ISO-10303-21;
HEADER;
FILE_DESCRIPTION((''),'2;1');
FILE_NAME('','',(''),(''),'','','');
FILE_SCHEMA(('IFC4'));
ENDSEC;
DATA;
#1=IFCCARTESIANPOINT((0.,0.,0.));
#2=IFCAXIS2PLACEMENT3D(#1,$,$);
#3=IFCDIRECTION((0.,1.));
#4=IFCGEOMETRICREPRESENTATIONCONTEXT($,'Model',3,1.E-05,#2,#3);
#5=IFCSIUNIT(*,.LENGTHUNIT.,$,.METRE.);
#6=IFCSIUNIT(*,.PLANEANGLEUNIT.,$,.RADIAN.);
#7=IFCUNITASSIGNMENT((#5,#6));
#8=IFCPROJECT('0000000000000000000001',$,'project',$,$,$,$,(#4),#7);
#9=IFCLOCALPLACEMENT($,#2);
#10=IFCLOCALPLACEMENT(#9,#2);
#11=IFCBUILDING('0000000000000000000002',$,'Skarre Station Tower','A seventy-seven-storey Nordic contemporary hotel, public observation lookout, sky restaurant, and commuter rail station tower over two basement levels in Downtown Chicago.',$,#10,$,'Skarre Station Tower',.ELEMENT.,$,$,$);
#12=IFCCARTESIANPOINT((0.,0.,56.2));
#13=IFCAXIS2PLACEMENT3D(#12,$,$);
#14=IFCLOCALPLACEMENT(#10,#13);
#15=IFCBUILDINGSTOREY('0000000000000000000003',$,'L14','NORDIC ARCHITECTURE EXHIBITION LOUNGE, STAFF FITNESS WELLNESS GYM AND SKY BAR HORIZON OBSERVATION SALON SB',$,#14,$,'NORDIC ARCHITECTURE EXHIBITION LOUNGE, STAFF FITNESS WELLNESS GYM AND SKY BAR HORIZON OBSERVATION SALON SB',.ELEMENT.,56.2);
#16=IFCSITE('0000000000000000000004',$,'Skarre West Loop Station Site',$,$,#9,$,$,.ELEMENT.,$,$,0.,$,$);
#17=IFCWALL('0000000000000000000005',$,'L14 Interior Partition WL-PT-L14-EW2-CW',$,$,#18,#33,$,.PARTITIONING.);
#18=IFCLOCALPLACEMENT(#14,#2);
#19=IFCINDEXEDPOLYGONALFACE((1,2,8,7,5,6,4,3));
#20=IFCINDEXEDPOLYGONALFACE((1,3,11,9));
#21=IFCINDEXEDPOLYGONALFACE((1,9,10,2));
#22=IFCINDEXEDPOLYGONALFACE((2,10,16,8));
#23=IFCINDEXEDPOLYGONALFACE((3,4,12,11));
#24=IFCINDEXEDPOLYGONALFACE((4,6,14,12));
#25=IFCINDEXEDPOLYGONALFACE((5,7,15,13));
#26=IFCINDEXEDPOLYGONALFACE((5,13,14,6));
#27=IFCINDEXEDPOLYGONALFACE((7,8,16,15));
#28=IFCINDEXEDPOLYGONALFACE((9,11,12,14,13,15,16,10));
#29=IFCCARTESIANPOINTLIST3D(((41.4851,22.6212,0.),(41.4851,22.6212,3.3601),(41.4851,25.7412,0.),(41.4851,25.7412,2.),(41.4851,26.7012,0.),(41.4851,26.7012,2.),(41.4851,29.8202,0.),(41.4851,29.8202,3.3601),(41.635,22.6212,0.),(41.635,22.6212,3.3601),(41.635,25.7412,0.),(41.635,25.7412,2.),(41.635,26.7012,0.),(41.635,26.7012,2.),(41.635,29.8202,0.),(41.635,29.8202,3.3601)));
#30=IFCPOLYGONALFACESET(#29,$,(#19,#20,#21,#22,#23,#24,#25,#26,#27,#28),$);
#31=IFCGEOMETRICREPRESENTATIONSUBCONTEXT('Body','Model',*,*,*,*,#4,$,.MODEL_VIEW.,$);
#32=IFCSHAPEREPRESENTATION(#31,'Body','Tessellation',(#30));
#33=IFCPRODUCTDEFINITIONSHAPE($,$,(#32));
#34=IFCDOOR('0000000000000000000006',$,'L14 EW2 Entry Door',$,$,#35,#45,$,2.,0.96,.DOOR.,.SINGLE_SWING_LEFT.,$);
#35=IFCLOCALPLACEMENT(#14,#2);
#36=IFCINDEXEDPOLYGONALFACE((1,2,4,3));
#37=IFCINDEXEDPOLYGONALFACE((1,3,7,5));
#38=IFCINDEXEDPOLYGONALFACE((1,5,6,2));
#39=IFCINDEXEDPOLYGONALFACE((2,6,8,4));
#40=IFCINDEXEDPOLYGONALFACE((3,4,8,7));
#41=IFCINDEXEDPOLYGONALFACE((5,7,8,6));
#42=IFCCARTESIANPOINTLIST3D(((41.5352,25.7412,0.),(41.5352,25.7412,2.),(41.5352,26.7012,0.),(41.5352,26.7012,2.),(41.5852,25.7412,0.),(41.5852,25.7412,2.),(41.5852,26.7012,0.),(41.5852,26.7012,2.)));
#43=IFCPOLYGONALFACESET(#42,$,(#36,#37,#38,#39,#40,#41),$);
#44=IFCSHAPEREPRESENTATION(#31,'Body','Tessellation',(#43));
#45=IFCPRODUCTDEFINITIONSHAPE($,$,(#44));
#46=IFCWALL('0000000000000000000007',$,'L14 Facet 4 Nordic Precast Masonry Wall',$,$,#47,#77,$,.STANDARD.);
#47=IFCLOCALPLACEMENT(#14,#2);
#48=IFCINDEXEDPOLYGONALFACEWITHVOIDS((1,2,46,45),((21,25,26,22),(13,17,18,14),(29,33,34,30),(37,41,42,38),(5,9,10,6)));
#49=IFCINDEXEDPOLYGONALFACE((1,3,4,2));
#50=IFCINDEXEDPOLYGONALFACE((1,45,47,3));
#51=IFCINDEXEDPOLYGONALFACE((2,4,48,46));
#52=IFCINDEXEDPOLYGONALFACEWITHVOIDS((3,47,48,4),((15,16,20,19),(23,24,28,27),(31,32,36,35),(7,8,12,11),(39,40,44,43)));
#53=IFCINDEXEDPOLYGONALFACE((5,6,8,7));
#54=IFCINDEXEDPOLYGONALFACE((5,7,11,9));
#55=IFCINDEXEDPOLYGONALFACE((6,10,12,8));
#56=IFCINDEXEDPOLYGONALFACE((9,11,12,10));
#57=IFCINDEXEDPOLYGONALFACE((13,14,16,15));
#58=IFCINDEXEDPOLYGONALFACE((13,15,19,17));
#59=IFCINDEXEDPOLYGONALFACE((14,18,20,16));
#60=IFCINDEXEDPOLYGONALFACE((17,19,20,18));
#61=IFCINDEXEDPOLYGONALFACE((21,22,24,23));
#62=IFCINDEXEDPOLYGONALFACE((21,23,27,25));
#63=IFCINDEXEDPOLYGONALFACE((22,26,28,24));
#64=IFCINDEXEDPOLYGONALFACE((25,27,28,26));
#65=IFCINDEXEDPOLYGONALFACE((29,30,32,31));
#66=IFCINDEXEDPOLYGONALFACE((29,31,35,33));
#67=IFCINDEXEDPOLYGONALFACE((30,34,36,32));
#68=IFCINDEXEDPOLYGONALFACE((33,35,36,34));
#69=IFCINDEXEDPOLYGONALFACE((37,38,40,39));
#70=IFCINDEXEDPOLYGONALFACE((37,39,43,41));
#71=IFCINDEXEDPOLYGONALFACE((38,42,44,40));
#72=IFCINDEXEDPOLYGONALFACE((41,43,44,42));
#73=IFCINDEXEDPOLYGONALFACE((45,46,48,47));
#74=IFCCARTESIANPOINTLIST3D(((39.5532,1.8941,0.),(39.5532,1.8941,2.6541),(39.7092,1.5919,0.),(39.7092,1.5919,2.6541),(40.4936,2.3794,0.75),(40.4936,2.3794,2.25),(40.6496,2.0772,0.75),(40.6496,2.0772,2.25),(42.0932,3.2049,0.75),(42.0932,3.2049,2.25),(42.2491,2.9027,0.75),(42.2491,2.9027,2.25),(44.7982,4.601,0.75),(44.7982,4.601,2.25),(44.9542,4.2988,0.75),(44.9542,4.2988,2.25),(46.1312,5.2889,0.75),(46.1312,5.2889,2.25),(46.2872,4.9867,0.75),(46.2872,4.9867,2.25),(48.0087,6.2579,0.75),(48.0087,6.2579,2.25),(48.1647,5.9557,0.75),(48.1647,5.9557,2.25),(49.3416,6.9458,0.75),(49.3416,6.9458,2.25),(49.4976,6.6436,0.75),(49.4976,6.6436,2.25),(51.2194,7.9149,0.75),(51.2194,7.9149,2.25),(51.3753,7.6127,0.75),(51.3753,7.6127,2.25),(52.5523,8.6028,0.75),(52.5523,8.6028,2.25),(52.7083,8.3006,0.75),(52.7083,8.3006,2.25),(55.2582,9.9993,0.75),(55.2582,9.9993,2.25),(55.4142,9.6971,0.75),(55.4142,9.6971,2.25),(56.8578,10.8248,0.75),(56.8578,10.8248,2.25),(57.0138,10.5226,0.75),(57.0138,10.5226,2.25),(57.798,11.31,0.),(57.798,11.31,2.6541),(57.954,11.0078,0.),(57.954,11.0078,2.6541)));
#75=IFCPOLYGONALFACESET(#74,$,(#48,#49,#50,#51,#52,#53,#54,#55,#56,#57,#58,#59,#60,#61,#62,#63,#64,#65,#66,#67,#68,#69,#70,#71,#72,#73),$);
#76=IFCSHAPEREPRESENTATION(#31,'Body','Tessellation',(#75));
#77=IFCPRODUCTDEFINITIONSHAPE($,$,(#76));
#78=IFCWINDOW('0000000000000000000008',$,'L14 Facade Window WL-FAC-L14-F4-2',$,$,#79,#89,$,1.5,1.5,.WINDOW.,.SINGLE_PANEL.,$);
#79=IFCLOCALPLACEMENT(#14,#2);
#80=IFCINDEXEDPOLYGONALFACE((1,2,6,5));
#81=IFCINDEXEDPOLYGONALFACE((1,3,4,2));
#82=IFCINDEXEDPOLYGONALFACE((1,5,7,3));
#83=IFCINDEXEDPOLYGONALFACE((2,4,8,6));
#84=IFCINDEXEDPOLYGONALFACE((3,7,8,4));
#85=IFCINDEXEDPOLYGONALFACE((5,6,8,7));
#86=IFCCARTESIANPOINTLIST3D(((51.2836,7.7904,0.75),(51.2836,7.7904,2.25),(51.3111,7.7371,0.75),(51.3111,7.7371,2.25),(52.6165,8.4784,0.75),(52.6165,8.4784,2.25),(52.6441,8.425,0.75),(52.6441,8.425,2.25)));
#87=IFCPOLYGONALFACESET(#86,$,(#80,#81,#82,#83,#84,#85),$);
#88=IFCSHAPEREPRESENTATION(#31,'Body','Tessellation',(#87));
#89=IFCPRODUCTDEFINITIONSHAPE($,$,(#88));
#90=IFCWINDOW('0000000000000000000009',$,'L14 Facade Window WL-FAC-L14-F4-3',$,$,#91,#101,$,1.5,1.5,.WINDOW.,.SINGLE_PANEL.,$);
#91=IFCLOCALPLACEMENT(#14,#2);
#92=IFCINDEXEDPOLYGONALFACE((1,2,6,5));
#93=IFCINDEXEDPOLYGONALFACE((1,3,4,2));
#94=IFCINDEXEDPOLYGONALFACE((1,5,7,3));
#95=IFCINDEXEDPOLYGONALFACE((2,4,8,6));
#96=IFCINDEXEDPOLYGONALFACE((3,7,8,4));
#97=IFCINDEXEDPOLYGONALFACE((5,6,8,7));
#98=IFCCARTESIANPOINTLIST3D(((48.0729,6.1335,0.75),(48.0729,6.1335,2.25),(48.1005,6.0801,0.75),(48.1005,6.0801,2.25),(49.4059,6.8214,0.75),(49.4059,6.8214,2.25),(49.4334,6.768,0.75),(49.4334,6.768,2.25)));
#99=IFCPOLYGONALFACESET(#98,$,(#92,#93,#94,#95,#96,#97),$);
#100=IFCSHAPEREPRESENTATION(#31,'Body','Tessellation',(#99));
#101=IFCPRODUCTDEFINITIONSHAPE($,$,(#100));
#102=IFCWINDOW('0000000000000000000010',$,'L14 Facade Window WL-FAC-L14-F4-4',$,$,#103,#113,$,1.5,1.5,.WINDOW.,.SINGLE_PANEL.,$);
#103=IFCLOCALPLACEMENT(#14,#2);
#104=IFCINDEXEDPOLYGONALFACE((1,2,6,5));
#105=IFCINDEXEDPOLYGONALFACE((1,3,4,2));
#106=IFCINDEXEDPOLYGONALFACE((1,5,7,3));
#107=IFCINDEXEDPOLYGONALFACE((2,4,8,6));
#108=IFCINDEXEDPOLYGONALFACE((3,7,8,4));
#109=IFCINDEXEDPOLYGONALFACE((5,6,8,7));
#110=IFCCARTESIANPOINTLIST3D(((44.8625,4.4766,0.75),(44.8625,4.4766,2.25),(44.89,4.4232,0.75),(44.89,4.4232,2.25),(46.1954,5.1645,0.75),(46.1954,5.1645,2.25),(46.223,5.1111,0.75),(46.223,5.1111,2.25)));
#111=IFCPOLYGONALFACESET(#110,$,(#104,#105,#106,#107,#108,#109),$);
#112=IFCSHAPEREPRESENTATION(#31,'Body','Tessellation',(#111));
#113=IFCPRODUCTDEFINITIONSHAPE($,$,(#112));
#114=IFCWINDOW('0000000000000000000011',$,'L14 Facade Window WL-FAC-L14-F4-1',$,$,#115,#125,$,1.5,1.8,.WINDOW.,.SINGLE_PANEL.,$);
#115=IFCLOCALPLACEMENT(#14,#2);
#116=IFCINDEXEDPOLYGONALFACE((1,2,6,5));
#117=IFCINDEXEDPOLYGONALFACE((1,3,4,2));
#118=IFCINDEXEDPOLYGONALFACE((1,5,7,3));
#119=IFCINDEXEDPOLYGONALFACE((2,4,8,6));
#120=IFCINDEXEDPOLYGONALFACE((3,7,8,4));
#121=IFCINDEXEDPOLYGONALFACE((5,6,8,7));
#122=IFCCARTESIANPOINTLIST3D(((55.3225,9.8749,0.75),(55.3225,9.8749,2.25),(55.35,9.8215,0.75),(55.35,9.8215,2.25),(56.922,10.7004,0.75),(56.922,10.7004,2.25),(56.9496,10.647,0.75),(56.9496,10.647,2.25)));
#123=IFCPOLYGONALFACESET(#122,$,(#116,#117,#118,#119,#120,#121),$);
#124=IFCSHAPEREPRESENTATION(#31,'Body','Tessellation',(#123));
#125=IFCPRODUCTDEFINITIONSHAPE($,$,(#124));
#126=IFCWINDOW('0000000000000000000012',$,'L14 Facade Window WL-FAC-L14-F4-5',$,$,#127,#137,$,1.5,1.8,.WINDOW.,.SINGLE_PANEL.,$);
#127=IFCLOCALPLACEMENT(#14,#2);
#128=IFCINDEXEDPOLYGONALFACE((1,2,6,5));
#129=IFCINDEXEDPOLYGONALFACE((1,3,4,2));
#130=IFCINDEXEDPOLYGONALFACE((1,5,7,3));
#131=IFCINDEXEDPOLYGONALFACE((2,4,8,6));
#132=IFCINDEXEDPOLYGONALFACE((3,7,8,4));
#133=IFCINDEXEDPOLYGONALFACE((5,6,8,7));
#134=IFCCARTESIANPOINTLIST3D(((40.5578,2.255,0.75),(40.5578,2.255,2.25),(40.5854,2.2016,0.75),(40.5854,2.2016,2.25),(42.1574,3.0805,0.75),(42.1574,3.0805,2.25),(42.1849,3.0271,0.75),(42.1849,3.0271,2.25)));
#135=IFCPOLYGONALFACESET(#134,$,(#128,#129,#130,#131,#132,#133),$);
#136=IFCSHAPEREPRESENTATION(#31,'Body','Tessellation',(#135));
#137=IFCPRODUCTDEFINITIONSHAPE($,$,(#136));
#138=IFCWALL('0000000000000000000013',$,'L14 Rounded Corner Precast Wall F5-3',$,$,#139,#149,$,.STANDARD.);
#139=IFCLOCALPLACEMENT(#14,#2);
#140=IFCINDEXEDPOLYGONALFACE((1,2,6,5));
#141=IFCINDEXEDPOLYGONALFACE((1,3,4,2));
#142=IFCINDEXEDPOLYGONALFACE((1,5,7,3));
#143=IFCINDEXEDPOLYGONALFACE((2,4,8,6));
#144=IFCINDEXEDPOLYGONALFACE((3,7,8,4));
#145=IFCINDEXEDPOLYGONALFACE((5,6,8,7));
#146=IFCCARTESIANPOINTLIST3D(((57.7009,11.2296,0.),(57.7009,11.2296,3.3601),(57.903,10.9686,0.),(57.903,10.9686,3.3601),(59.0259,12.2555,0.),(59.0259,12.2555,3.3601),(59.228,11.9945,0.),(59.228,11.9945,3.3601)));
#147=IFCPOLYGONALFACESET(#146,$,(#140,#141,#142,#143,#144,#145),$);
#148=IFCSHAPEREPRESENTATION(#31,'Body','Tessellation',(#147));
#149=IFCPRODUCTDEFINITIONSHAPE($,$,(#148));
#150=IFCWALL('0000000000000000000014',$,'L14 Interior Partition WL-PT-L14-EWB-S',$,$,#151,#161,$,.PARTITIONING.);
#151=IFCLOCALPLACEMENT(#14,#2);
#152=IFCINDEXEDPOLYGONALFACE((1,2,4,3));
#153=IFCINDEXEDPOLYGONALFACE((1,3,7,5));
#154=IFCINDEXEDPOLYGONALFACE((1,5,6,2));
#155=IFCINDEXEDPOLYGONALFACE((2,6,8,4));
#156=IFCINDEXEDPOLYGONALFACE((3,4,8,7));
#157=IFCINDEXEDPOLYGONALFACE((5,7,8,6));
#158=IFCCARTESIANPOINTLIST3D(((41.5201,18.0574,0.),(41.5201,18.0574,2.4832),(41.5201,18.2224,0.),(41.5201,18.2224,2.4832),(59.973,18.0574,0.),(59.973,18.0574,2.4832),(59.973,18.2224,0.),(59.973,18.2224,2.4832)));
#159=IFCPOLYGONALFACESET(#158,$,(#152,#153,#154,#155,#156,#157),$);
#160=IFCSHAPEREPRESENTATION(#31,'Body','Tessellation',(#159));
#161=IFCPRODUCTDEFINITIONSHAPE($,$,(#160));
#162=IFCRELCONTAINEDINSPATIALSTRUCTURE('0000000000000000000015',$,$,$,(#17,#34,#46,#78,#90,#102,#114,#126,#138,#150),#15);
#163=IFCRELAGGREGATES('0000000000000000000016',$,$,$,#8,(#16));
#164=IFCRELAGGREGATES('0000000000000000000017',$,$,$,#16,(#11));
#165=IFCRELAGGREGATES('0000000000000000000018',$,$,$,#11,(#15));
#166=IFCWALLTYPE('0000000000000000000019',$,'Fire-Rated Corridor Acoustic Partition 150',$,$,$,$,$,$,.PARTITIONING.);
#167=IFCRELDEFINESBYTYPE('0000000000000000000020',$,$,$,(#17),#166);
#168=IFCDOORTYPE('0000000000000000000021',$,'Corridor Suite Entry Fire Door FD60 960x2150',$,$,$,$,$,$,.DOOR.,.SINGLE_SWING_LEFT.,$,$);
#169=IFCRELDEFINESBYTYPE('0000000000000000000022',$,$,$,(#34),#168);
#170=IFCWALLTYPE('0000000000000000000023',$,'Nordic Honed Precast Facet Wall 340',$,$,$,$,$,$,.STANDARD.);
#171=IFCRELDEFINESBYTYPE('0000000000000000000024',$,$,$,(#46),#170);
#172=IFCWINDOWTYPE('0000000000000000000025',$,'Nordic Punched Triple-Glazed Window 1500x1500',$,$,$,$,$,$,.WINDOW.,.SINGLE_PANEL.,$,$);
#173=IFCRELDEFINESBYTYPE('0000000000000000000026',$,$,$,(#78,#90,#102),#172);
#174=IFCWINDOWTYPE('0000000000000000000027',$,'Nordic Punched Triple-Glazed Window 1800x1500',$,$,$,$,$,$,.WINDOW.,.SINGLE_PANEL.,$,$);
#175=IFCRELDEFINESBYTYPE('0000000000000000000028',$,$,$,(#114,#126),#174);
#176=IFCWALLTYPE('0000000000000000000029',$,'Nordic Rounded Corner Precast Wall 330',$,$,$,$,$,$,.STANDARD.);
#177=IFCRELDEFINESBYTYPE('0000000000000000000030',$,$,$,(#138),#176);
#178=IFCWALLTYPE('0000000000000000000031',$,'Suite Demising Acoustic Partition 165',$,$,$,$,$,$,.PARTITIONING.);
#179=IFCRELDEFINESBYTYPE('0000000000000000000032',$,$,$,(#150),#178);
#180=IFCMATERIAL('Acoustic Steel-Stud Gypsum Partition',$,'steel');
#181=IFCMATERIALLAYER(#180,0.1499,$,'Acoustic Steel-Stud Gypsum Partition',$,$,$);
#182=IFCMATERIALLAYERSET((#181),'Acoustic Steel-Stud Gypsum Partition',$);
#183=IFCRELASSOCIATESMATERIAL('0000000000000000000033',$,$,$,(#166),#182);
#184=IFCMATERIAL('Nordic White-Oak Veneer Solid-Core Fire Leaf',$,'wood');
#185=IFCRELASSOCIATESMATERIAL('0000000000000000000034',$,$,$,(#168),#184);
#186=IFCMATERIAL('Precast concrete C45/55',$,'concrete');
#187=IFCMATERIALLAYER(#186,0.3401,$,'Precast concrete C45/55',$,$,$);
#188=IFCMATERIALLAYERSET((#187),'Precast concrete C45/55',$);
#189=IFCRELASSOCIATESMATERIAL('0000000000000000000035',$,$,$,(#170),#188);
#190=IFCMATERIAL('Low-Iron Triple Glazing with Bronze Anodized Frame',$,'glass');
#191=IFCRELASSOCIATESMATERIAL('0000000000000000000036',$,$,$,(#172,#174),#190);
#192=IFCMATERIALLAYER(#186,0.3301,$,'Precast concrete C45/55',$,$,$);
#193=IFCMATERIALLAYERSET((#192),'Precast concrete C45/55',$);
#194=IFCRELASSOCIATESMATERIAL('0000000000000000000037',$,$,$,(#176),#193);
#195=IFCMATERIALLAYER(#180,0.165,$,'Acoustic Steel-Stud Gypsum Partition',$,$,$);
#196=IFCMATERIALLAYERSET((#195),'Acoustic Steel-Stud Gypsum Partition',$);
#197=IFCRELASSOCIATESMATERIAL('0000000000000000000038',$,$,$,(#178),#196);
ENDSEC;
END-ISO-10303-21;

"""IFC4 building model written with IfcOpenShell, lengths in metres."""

from ifc_helpers import new_model, si_unit, direction, frame, frame_2d, origin, place, context, subcontext, project, spatial, rectangle, extrude, material, layer, layer_set, type_object, element, fill, save


model = new_model("IFC4")

# Units and contexts
model_context = context("Model", 3, precision=1e-05, world=origin(), true_north=direction((0.0, 1.0)))
body_context = subcontext(model_context, "Body", "Model", "MODEL_VIEW")
ifc_project = project(units=[si_unit("LENGTHUNIT", "METRE"), si_unit("PLANEANGLEUNIT", "RADIAN")], contexts=[model_context])

# Site, building, storey
site_placement = place(None, origin())
site = spatial("IfcSite", under=ifc_project, at=site_placement, Name="Skarre West Loop Station Site", CompositionType="ELEMENT", RefElevation=0.0)
building_placement = place(site_placement, origin())
building = spatial("IfcBuilding", under=site, at=building_placement, Name="Skarre Station Tower", Description="A seventy-seven-storey Nordic contemporary hotel, public observation lookout, sky restaurant, and commuter rail station tower over two basement levels in Downtown Chicago.", LongName="Skarre Station Tower", CompositionType="ELEMENT")
storey_placement = place(building_placement, frame((0.0, 0.0, 56.2)))
storey = spatial("IfcBuildingStorey", under=building, at=storey_placement, Name="L14", Description="NORDIC ARCHITECTURE EXHIBITION LOUNGE, STAFF FITNESS WELLNESS GYM AND SKY BAR HORIZON OBSERVATION SALON SB", LongName="NORDIC ARCHITECTURE EXHIBITION LOUNGE, STAFF FITNESS WELLNESS GYM AND SKY BAR HORIZON OBSERVATION SALON SB", CompositionType="ELEMENT", Elevation=56.2)

# Wall, opening, door
ifc_material_1 = material(Name="Acoustic Steel-Stud Gypsum Partition", Category="steel")
ifc_layer_1 = layer(ifc_material_1, 0.1499, Name="Acoustic Steel-Stud Gypsum Partition")
ifc_layer_set_1 = layer_set([ifc_layer_1], Name="Acoustic Steel-Stud Gypsum Partition")
wall_type_1 = type_object("IfcWallType", Name="Fire-Rated Corridor Acoustic Partition 150", PredefinedType="PARTITIONING", material=ifc_layer_set_1)
ifc_material_2 = material(Name="Nordic White-Oak Veneer Solid-Core Fire Leaf", Category="wood")
door_type = type_object("IfcDoorType", Name="Corridor Suite Entry Fire Door FD60 960x2150", OperationType="SINGLE_SWING_LEFT", PredefinedType="DOOR", material=ifc_material_2)
wall_1_placement = place(storey_placement, frame((41.5601, 22.6211, 0.0), z_axis=(0.0, 0.0, 1.0), x_axis=(0.0, 1.0, 0.0)))
wall_1 = element("IfcWall", 1, at=wall_1_placement, inside=storey, type_object=wall_type_1, Name="L14 Interior Partition WL-PT-L14-EW2-CW", PredefinedType="PARTITIONING", context=body_context, shape_type="SweptSolid", body=[
    extrude(rectangle(XDim=7.199, YDim=0.1499, at=frame_2d((3.5996, 0.0))), origin(), (0.0, 0.0, 1.0), 3.3601),
])
opening_1_placement = place(wall_1_placement, frame((3.1201, 0.0, 0.0)))
opening_1 = element("IfcOpeningElement", 2, at=opening_1_placement, cuts=wall_1, PredefinedType="OPENING", context=body_context, shape_type="SweptSolid", body=[
    extrude(rectangle(XDim=0.96, YDim=2.0, at=frame_2d((0.48, 1.0))), frame((0.0, 0.085, 0.0), z_axis=(0.0, -1.0, 0.0), x_axis=(1.0, 0.0, 0.0)), (0.0, 0.0, 1.0), 0.1699),
])
door_1_placement = place(opening_1_placement, origin())
door_1 = element("IfcDoor", 3, at=door_1_placement, inside=storey, type_object=door_type, Name="L14 EW2 Entry Door", OperationType="SINGLE_SWING_LEFT", OverallHeight=2.0, OverallWidth=0.96, PredefinedType="DOOR", context=body_context, shape_type="SweptSolid", body=[
    extrude(rectangle(XDim=0.96, YDim=2.0, at=frame_2d((0.48, 1.0))), frame((0.0, 0.0249, 0.0), z_axis=(0.0, -1.0, 0.0), x_axis=(1.0, 0.0, 0.0)), (0.0, 0.0, 1.0), 0.05),
])
fill(opening_1, door_1)

# Wall, openings, windows
ifc_material_3 = material(Name="Precast concrete C45/55", Category="concrete")
ifc_layer_2 = layer(ifc_material_3, 0.3401, Name="Precast concrete C45/55")
ifc_layer_set_2 = layer_set([ifc_layer_2], Name="Precast concrete C45/55")
wall_type_2 = type_object("IfcWallType", Name="Nordic Honed Precast Facet Wall 340", PredefinedType="STANDARD", material=ifc_layer_set_2)
wall_2_placement = place(storey_placement, frame((57.876, 11.1589, 0.0), z_axis=(0.0, 0.0, 1.0), x_axis=(-0.888634, -0.458616, 0.0)))
wall_2 = element("IfcWall", 4, at=wall_2_placement, inside=storey, type_object=wall_type_2, Name="L14 Facet 4 Nordic Precast Masonry Wall", PredefinedType="STANDARD", context=body_context, shape_type="SweptSolid", body=[
    extrude(rectangle(XDim=20.5312, YDim=0.3401, at=frame_2d((10.2656, 0.0))), origin(), (0.0, 0.0, 1.0), 2.6541),
])
opening_2_placement = place(wall_2_placement, frame((1.0581, 0.0, 0.75)))
opening_2 = element("IfcOpeningElement", 5, at=opening_2_placement, cuts=wall_2, PredefinedType="OPENING", context=body_context, shape_type="SweptSolid", body=[
    extrude(rectangle(XDim=1.8, YDim=1.5, at=frame_2d((0.8999, 0.75))), frame((0.0, 0.1799, 0.0), z_axis=(0.0, -1.0, 0.0), x_axis=(1.0, 0.0, 0.0)), (0.0, 0.0, 1.0), 0.3601),
])
opening_3_placement = place(wall_2_placement, frame((5.9031, 0.0, 0.75)))
opening_3 = element("IfcOpeningElement", 6, at=opening_3_placement, cuts=wall_2, PredefinedType="OPENING", context=body_context, shape_type="SweptSolid", body=[
    extrude(rectangle(XDim=1.5, YDim=1.5, at=frame_2d((0.75, 0.75))), frame((0.0, 0.1799, 0.0), z_axis=(0.0, -1.0, 0.0), x_axis=(1.0, 0.0, 0.0)), (0.0, 0.0, 1.0), 0.3601),
])
opening_4_placement = place(wall_2_placement, frame((9.5161, 0.0, 0.75)))
opening_4 = element("IfcOpeningElement", 7, at=opening_4_placement, cuts=wall_2, PredefinedType="OPENING", context=body_context, shape_type="SweptSolid", body=[
    extrude(rectangle(XDim=1.5, YDim=1.5, at=frame_2d((0.75, 0.75))), frame((0.0, 0.1799, 0.0), z_axis=(0.0, -1.0, 0.0), x_axis=(1.0, 0.0, 0.0)), (0.0, 0.0, 1.0), 0.3601),
])
opening_5_placement = place(wall_2_placement, frame((13.1289, 0.0, 0.75)))
opening_5 = element("IfcOpeningElement", 8, at=opening_5_placement, cuts=wall_2, PredefinedType="OPENING", context=body_context, shape_type="SweptSolid", body=[
    extrude(rectangle(XDim=1.5, YDim=1.5, at=frame_2d((0.75, 0.75))), frame((0.0, 0.1799, 0.0), z_axis=(0.0, -1.0, 0.0), x_axis=(1.0, 0.0, 0.0)), (0.0, 0.0, 1.0), 0.3601),
])
opening_6_placement = place(wall_2_placement, frame((17.6731, 0.0, 0.75)))
opening_6 = element("IfcOpeningElement", 9, at=opening_6_placement, cuts=wall_2, PredefinedType="OPENING", context=body_context, shape_type="SweptSolid", body=[
    extrude(rectangle(XDim=1.8, YDim=1.5, at=frame_2d((0.8999, 0.75))), frame((0.0, 0.1799, 0.0), z_axis=(0.0, -1.0, 0.0), x_axis=(1.0, 0.0, 0.0)), (0.0, 0.0, 1.0), 0.3601),
])
ifc_material_4 = material(Name="Low-Iron Triple Glazing with Bronze Anodized Frame", Category="glass")
window_type_1 = type_object("IfcWindowType", Name="Nordic Punched Triple-Glazed Window 1500x1500", PartitioningType="SINGLE_PANEL", PredefinedType="WINDOW", material=ifc_material_4)
window_1_placement = place(opening_3_placement, origin())
window_1 = element("IfcWindow", 10, at=window_1_placement, inside=storey, type_object=window_type_1, Name="L14 Facade Window WL-FAC-L14-F4-2", OverallHeight=1.5, OverallWidth=1.5, PartitioningType="SINGLE_PANEL", PredefinedType="WINDOW", context=body_context, shape_type="SweptSolid", body=[
    extrude(rectangle(XDim=1.5, YDim=1.5, at=frame_2d((0.75, 0.75))), frame((0.0, 0.03, 0.0), z_axis=(0.0, -1.0, 0.0), x_axis=(1.0, 0.0, 0.0)), (0.0, 0.0, 1.0), 0.0601),
])
fill(opening_3, window_1)
window_2_placement = place(opening_4_placement, origin())
window_2 = element("IfcWindow", 11, at=window_2_placement, inside=storey, type_object=window_type_1, Name="L14 Facade Window WL-FAC-L14-F4-3", OverallHeight=1.5, OverallWidth=1.5, PartitioningType="SINGLE_PANEL", PredefinedType="WINDOW", context=body_context, shape_type="SweptSolid", body=[
    extrude(rectangle(XDim=1.5, YDim=1.5, at=frame_2d((0.75, 0.75))), frame((0.0, 0.03, 0.0), z_axis=(0.0, -1.0, 0.0), x_axis=(1.0, 0.0, 0.0)), (0.0, 0.0, 1.0), 0.0601),
])
fill(opening_4, window_2)
window_3_placement = place(opening_5_placement, origin())
window_3 = element("IfcWindow", 12, at=window_3_placement, inside=storey, type_object=window_type_1, Name="L14 Facade Window WL-FAC-L14-F4-4", OverallHeight=1.5, OverallWidth=1.5, PartitioningType="SINGLE_PANEL", PredefinedType="WINDOW", context=body_context, shape_type="SweptSolid", body=[
    extrude(rectangle(XDim=1.5, YDim=1.5, at=frame_2d((0.75, 0.75))), frame((0.0, 0.03, 0.0), z_axis=(0.0, -1.0, 0.0), x_axis=(1.0, 0.0, 0.0)), (0.0, 0.0, 1.0), 0.0601),
])
fill(opening_5, window_3)
window_type_2 = type_object("IfcWindowType", Name="Nordic Punched Triple-Glazed Window 1800x1500", PartitioningType="SINGLE_PANEL", PredefinedType="WINDOW", material=ifc_material_4)
window_4_placement = place(opening_2_placement, origin())
window_4 = element("IfcWindow", 13, at=window_4_placement, inside=storey, type_object=window_type_2, Name="L14 Facade Window WL-FAC-L14-F4-1", OverallHeight=1.5, OverallWidth=1.8, PartitioningType="SINGLE_PANEL", PredefinedType="WINDOW", context=body_context, shape_type="SweptSolid", body=[
    extrude(rectangle(XDim=1.8, YDim=1.5, at=frame_2d((0.8999, 0.75))), frame((0.0, 0.03, 0.0), z_axis=(0.0, -1.0, 0.0), x_axis=(1.0, 0.0, 0.0)), (0.0, 0.0, 1.0), 0.0601),
])
fill(opening_2, window_4)
window_5_placement = place(opening_6_placement, origin())
window_5 = element("IfcWindow", 14, at=window_5_placement, inside=storey, type_object=window_type_2, Name="L14 Facade Window WL-FAC-L14-F4-5", OverallHeight=1.5, OverallWidth=1.8, PartitioningType="SINGLE_PANEL", PredefinedType="WINDOW", context=body_context, shape_type="SweptSolid", body=[
    extrude(rectangle(XDim=1.8, YDim=1.5, at=frame_2d((0.8999, 0.75))), frame((0.0, 0.03, 0.0), z_axis=(0.0, -1.0, 0.0), x_axis=(1.0, 0.0, 0.0)), (0.0, 0.0, 1.0), 0.0601),
])
fill(opening_6, window_5)

# Walls
ifc_layer_3 = layer(ifc_material_3, 0.3301, Name="Precast concrete C45/55")
ifc_layer_set_3 = layer_set([ifc_layer_3], Name="Precast concrete C45/55")
wall_type_3 = type_object("IfcWallType", Name="Nordic Rounded Corner Precast Wall 330", PredefinedType="STANDARD", material=ifc_layer_set_3)
wall_3_placement = place(storey_placement, frame((59.127, 12.125, 0.0), z_axis=(0.0, 0.0, 1.0), x_axis=(-0.790692, -0.612214, 0.0)))
element("IfcWall", 15, at=wall_3_placement, inside=storey, type_object=wall_type_3, Name="L14 Rounded Corner Precast Wall F5-3", PredefinedType="STANDARD", context=body_context, shape_type="SweptSolid", body=[
    extrude(rectangle(XDim=1.6758, YDim=0.3301, at=frame_2d((0.8379, 0.0))), origin(), (0.0, 0.0, 1.0), 3.3601),
])
ifc_layer_4 = layer(ifc_material_1, 0.165, Name="Acoustic Steel-Stud Gypsum Partition")
ifc_layer_set_4 = layer_set([ifc_layer_4], Name="Acoustic Steel-Stud Gypsum Partition")
wall_type_4 = type_object("IfcWallType", Name="Suite Demising Acoustic Partition 165", PredefinedType="PARTITIONING", material=ifc_layer_set_4)
wall_4_placement = place(storey_placement, frame((41.52, 18.1399, 0.0), z_axis=(0.0, 0.0, 1.0), x_axis=(1.0, 0.0, 0.0)))
element("IfcWall", 16, at=wall_4_placement, inside=storey, type_object=wall_type_4, Name="L14 Interior Partition WL-PT-L14-EWB-S", PredefinedType="PARTITIONING", context=body_context, shape_type="SweptSolid", body=[
    extrude(rectangle(XDim=18.4529, YDim=0.165, at=frame_2d((9.2266, 0.0))), origin(), (0.0, 0.0, 1.0), 2.4832),
])

save(model, "model.ifc")
